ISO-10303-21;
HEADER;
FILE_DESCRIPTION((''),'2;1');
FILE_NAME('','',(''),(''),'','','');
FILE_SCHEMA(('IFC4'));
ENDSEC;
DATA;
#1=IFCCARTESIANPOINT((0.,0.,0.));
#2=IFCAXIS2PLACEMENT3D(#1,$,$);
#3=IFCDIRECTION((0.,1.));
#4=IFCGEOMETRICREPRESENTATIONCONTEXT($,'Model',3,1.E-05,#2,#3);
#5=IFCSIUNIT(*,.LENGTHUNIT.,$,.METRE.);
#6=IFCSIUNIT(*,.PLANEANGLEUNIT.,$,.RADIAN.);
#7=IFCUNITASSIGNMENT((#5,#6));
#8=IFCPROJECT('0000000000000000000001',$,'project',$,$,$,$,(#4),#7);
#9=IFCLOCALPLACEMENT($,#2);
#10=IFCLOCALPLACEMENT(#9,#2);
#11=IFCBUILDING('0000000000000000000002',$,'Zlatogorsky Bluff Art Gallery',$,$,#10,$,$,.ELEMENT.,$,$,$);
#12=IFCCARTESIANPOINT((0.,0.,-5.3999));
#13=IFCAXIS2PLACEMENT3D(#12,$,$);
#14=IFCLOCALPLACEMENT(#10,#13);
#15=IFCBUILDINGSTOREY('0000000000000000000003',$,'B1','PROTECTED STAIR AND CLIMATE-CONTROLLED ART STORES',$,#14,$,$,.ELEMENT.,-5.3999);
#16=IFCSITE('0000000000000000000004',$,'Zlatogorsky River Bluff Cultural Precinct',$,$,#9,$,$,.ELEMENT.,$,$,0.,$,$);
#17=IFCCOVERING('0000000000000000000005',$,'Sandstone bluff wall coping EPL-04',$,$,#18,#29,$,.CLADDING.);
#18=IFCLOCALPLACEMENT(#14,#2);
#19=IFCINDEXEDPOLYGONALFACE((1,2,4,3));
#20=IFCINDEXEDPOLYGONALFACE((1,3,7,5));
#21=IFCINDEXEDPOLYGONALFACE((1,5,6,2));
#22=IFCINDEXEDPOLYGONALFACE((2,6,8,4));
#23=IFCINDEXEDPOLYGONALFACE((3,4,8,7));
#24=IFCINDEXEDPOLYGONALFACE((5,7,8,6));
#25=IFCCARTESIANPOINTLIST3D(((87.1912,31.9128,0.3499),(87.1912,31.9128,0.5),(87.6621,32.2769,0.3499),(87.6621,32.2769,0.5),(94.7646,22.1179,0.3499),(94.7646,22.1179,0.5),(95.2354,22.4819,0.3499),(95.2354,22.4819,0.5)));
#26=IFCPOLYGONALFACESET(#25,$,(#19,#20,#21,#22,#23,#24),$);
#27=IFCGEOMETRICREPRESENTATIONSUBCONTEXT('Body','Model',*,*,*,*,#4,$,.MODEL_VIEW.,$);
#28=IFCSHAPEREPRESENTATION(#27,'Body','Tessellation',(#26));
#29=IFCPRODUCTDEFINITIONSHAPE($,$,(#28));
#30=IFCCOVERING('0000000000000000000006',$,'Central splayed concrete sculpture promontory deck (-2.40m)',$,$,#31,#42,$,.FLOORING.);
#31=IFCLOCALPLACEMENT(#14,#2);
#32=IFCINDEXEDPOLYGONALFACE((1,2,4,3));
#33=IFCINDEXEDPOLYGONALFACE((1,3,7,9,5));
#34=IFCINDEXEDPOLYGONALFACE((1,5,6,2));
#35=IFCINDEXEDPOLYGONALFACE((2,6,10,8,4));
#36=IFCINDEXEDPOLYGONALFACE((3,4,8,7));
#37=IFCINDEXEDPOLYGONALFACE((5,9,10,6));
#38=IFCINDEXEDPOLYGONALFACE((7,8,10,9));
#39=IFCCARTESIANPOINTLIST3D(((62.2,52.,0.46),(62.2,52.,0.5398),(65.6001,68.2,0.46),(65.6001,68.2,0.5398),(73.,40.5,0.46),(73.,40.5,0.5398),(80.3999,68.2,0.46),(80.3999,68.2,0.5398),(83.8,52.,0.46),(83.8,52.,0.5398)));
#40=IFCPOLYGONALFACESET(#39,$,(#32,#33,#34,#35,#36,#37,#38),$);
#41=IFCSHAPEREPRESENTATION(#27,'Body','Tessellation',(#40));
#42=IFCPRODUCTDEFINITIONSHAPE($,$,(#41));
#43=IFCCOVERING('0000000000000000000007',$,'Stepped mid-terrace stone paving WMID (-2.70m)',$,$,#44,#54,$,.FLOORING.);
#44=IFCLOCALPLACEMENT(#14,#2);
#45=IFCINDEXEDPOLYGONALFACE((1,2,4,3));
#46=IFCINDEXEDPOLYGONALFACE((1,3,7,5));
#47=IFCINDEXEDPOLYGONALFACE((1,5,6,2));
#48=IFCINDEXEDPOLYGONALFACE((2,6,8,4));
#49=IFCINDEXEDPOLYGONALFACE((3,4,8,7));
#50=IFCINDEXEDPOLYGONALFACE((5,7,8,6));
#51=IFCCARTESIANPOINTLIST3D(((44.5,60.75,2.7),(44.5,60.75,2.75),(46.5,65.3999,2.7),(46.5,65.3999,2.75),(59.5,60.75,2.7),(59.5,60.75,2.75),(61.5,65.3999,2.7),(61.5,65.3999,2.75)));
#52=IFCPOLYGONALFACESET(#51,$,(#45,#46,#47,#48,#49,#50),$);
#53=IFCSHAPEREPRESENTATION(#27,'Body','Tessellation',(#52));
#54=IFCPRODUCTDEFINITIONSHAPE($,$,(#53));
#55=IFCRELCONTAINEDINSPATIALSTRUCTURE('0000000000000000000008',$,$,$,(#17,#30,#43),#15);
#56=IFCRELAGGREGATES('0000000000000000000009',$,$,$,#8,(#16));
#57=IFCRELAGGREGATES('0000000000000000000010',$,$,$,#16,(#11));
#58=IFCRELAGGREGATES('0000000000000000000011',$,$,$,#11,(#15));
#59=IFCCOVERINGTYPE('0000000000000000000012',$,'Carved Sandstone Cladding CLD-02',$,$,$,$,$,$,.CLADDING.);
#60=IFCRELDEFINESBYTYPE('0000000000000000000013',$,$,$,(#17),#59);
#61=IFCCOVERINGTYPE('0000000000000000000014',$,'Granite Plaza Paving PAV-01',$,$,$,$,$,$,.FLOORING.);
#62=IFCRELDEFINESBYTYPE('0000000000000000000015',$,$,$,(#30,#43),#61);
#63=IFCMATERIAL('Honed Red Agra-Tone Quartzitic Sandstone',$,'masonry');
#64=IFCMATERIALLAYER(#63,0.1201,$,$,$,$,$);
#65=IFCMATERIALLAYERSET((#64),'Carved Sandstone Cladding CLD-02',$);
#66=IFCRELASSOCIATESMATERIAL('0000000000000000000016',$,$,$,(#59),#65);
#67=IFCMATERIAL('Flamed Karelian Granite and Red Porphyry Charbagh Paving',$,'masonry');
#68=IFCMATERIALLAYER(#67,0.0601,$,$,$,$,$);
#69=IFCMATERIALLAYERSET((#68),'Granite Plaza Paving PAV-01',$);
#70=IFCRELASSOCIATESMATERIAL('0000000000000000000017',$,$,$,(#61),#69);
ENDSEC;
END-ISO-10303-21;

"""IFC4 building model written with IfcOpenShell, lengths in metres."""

from ifc_helpers import new_model, si_unit, direction, frame, origin, place, context, subcontext, project, spatial, polyline, outline, extrude, material, layer, layer_set, type_object, element, save


model = new_model("IFC4")

# Units and contexts
model_context = context("Model", 3, precision=1e-05, world=origin(), true_north=direction((0.0, 1.0)))
body_context = subcontext(model_context, "Body", "Model", "MODEL_VIEW")
ifc_project = project(units=[si_unit("LENGTHUNIT", "METRE"), si_unit("PLANEANGLEUNIT", "RADIAN")], contexts=[model_context])

# Site, building, storey
site_placement = place(None, origin())
site = spatial("IfcSite", under=ifc_project, at=site_placement, Name="Zlatogorsky River Bluff Cultural Precinct", CompositionType="ELEMENT", RefElevation=0.0)
building_placement = place(site_placement, origin())
building = spatial("IfcBuilding", under=site, at=building_placement, Name="Zlatogorsky Bluff Art Gallery", CompositionType="ELEMENT")
storey_placement = place(building_placement, frame((0.0, 0.0, -5.3999)))
storey = spatial("IfcBuildingStorey", under=building, at=storey_placement, Name="B1", Description="PROTECTED STAIR AND CLIMATE-CONTROLLED ART STORES", CompositionType="ELEMENT", Elevation=-5.3999)

# Coverings
ifc_material_1 = material(Name="Honed Red Agra-Tone Quartzitic Sandstone", Category="masonry")
ifc_layer_1 = layer(ifc_material_1, 0.1201)
ifc_layer_set_1 = layer_set([ifc_layer_1], Name="Carved Sandstone Cladding CLD-02")
covering_type_1 = type_object("IfcCoveringType", Name="Carved Sandstone Cladding CLD-02", PredefinedType="CLADDING", material=ifc_layer_set_1)
covering_1_placement = place(storey_placement, frame((0.0, 0.0, 0.3499)))
element("IfcCovering", 1, at=covering_1_placement, inside=storey, type_object=covering_type_1, Name="Sandstone bluff wall coping EPL-04", PredefinedType="CLADDING", context=body_context, shape_type="SweptSolid", body=[
    extrude(outline(polyline([(95.2354, 22.4819), (87.6621, 32.2769), (87.1912, 31.9128), (94.7646, 22.1179), (95.2354, 22.4819)])), origin(), (0.0, 0.0, 1.0), 0.1501),
])
ifc_material_2 = material(Name="Flamed Karelian Granite and Red Porphyry Charbagh Paving", Category="masonry")
ifc_layer_2 = layer(ifc_material_2, 0.0601)
ifc_layer_set_2 = layer_set([ifc_layer_2], Name="Granite Plaza Paving PAV-01")
covering_type_2 = type_object("IfcCoveringType", Name="Granite Plaza Paving PAV-01", PredefinedType="FLOORING", material=ifc_layer_set_2)
covering_2_placement = place(storey_placement, frame((0.0, 0.0, 0.46)))
element("IfcCovering", 2, at=covering_2_placement, inside=storey, type_object=covering_type_2, Name="Central splayed concrete sculpture promontory deck (-2.40m)", PredefinedType="FLOORING", context=body_context, shape_type="SweptSolid", body=[
    extrude(outline(polyline([(65.6001, 68.2), (62.2, 52.0), (73.0, 40.5), (83.8, 52.0), (80.3999, 68.2), (65.6001, 68.2)])), origin(), (0.0, 0.0, 1.0), 0.0798),
])
covering_3_placement = place(storey_placement, frame((0.0, 0.0, 2.7)))
element("IfcCovering", 3, at=covering_3_placement, inside=storey, type_object=covering_type_2, Name="Stepped mid-terrace stone paving WMID (-2.70m)", PredefinedType="FLOORING", context=body_context, shape_type="SweptSolid", body=[
    extrude(outline(polyline([(44.5, 60.75), (59.5, 60.75), (61.5, 65.3999), (46.5, 65.3999), (44.5, 60.75)])), origin(), (0.0, 0.0, 1.0), 0.05),
])

save(model, "model.ifc")
